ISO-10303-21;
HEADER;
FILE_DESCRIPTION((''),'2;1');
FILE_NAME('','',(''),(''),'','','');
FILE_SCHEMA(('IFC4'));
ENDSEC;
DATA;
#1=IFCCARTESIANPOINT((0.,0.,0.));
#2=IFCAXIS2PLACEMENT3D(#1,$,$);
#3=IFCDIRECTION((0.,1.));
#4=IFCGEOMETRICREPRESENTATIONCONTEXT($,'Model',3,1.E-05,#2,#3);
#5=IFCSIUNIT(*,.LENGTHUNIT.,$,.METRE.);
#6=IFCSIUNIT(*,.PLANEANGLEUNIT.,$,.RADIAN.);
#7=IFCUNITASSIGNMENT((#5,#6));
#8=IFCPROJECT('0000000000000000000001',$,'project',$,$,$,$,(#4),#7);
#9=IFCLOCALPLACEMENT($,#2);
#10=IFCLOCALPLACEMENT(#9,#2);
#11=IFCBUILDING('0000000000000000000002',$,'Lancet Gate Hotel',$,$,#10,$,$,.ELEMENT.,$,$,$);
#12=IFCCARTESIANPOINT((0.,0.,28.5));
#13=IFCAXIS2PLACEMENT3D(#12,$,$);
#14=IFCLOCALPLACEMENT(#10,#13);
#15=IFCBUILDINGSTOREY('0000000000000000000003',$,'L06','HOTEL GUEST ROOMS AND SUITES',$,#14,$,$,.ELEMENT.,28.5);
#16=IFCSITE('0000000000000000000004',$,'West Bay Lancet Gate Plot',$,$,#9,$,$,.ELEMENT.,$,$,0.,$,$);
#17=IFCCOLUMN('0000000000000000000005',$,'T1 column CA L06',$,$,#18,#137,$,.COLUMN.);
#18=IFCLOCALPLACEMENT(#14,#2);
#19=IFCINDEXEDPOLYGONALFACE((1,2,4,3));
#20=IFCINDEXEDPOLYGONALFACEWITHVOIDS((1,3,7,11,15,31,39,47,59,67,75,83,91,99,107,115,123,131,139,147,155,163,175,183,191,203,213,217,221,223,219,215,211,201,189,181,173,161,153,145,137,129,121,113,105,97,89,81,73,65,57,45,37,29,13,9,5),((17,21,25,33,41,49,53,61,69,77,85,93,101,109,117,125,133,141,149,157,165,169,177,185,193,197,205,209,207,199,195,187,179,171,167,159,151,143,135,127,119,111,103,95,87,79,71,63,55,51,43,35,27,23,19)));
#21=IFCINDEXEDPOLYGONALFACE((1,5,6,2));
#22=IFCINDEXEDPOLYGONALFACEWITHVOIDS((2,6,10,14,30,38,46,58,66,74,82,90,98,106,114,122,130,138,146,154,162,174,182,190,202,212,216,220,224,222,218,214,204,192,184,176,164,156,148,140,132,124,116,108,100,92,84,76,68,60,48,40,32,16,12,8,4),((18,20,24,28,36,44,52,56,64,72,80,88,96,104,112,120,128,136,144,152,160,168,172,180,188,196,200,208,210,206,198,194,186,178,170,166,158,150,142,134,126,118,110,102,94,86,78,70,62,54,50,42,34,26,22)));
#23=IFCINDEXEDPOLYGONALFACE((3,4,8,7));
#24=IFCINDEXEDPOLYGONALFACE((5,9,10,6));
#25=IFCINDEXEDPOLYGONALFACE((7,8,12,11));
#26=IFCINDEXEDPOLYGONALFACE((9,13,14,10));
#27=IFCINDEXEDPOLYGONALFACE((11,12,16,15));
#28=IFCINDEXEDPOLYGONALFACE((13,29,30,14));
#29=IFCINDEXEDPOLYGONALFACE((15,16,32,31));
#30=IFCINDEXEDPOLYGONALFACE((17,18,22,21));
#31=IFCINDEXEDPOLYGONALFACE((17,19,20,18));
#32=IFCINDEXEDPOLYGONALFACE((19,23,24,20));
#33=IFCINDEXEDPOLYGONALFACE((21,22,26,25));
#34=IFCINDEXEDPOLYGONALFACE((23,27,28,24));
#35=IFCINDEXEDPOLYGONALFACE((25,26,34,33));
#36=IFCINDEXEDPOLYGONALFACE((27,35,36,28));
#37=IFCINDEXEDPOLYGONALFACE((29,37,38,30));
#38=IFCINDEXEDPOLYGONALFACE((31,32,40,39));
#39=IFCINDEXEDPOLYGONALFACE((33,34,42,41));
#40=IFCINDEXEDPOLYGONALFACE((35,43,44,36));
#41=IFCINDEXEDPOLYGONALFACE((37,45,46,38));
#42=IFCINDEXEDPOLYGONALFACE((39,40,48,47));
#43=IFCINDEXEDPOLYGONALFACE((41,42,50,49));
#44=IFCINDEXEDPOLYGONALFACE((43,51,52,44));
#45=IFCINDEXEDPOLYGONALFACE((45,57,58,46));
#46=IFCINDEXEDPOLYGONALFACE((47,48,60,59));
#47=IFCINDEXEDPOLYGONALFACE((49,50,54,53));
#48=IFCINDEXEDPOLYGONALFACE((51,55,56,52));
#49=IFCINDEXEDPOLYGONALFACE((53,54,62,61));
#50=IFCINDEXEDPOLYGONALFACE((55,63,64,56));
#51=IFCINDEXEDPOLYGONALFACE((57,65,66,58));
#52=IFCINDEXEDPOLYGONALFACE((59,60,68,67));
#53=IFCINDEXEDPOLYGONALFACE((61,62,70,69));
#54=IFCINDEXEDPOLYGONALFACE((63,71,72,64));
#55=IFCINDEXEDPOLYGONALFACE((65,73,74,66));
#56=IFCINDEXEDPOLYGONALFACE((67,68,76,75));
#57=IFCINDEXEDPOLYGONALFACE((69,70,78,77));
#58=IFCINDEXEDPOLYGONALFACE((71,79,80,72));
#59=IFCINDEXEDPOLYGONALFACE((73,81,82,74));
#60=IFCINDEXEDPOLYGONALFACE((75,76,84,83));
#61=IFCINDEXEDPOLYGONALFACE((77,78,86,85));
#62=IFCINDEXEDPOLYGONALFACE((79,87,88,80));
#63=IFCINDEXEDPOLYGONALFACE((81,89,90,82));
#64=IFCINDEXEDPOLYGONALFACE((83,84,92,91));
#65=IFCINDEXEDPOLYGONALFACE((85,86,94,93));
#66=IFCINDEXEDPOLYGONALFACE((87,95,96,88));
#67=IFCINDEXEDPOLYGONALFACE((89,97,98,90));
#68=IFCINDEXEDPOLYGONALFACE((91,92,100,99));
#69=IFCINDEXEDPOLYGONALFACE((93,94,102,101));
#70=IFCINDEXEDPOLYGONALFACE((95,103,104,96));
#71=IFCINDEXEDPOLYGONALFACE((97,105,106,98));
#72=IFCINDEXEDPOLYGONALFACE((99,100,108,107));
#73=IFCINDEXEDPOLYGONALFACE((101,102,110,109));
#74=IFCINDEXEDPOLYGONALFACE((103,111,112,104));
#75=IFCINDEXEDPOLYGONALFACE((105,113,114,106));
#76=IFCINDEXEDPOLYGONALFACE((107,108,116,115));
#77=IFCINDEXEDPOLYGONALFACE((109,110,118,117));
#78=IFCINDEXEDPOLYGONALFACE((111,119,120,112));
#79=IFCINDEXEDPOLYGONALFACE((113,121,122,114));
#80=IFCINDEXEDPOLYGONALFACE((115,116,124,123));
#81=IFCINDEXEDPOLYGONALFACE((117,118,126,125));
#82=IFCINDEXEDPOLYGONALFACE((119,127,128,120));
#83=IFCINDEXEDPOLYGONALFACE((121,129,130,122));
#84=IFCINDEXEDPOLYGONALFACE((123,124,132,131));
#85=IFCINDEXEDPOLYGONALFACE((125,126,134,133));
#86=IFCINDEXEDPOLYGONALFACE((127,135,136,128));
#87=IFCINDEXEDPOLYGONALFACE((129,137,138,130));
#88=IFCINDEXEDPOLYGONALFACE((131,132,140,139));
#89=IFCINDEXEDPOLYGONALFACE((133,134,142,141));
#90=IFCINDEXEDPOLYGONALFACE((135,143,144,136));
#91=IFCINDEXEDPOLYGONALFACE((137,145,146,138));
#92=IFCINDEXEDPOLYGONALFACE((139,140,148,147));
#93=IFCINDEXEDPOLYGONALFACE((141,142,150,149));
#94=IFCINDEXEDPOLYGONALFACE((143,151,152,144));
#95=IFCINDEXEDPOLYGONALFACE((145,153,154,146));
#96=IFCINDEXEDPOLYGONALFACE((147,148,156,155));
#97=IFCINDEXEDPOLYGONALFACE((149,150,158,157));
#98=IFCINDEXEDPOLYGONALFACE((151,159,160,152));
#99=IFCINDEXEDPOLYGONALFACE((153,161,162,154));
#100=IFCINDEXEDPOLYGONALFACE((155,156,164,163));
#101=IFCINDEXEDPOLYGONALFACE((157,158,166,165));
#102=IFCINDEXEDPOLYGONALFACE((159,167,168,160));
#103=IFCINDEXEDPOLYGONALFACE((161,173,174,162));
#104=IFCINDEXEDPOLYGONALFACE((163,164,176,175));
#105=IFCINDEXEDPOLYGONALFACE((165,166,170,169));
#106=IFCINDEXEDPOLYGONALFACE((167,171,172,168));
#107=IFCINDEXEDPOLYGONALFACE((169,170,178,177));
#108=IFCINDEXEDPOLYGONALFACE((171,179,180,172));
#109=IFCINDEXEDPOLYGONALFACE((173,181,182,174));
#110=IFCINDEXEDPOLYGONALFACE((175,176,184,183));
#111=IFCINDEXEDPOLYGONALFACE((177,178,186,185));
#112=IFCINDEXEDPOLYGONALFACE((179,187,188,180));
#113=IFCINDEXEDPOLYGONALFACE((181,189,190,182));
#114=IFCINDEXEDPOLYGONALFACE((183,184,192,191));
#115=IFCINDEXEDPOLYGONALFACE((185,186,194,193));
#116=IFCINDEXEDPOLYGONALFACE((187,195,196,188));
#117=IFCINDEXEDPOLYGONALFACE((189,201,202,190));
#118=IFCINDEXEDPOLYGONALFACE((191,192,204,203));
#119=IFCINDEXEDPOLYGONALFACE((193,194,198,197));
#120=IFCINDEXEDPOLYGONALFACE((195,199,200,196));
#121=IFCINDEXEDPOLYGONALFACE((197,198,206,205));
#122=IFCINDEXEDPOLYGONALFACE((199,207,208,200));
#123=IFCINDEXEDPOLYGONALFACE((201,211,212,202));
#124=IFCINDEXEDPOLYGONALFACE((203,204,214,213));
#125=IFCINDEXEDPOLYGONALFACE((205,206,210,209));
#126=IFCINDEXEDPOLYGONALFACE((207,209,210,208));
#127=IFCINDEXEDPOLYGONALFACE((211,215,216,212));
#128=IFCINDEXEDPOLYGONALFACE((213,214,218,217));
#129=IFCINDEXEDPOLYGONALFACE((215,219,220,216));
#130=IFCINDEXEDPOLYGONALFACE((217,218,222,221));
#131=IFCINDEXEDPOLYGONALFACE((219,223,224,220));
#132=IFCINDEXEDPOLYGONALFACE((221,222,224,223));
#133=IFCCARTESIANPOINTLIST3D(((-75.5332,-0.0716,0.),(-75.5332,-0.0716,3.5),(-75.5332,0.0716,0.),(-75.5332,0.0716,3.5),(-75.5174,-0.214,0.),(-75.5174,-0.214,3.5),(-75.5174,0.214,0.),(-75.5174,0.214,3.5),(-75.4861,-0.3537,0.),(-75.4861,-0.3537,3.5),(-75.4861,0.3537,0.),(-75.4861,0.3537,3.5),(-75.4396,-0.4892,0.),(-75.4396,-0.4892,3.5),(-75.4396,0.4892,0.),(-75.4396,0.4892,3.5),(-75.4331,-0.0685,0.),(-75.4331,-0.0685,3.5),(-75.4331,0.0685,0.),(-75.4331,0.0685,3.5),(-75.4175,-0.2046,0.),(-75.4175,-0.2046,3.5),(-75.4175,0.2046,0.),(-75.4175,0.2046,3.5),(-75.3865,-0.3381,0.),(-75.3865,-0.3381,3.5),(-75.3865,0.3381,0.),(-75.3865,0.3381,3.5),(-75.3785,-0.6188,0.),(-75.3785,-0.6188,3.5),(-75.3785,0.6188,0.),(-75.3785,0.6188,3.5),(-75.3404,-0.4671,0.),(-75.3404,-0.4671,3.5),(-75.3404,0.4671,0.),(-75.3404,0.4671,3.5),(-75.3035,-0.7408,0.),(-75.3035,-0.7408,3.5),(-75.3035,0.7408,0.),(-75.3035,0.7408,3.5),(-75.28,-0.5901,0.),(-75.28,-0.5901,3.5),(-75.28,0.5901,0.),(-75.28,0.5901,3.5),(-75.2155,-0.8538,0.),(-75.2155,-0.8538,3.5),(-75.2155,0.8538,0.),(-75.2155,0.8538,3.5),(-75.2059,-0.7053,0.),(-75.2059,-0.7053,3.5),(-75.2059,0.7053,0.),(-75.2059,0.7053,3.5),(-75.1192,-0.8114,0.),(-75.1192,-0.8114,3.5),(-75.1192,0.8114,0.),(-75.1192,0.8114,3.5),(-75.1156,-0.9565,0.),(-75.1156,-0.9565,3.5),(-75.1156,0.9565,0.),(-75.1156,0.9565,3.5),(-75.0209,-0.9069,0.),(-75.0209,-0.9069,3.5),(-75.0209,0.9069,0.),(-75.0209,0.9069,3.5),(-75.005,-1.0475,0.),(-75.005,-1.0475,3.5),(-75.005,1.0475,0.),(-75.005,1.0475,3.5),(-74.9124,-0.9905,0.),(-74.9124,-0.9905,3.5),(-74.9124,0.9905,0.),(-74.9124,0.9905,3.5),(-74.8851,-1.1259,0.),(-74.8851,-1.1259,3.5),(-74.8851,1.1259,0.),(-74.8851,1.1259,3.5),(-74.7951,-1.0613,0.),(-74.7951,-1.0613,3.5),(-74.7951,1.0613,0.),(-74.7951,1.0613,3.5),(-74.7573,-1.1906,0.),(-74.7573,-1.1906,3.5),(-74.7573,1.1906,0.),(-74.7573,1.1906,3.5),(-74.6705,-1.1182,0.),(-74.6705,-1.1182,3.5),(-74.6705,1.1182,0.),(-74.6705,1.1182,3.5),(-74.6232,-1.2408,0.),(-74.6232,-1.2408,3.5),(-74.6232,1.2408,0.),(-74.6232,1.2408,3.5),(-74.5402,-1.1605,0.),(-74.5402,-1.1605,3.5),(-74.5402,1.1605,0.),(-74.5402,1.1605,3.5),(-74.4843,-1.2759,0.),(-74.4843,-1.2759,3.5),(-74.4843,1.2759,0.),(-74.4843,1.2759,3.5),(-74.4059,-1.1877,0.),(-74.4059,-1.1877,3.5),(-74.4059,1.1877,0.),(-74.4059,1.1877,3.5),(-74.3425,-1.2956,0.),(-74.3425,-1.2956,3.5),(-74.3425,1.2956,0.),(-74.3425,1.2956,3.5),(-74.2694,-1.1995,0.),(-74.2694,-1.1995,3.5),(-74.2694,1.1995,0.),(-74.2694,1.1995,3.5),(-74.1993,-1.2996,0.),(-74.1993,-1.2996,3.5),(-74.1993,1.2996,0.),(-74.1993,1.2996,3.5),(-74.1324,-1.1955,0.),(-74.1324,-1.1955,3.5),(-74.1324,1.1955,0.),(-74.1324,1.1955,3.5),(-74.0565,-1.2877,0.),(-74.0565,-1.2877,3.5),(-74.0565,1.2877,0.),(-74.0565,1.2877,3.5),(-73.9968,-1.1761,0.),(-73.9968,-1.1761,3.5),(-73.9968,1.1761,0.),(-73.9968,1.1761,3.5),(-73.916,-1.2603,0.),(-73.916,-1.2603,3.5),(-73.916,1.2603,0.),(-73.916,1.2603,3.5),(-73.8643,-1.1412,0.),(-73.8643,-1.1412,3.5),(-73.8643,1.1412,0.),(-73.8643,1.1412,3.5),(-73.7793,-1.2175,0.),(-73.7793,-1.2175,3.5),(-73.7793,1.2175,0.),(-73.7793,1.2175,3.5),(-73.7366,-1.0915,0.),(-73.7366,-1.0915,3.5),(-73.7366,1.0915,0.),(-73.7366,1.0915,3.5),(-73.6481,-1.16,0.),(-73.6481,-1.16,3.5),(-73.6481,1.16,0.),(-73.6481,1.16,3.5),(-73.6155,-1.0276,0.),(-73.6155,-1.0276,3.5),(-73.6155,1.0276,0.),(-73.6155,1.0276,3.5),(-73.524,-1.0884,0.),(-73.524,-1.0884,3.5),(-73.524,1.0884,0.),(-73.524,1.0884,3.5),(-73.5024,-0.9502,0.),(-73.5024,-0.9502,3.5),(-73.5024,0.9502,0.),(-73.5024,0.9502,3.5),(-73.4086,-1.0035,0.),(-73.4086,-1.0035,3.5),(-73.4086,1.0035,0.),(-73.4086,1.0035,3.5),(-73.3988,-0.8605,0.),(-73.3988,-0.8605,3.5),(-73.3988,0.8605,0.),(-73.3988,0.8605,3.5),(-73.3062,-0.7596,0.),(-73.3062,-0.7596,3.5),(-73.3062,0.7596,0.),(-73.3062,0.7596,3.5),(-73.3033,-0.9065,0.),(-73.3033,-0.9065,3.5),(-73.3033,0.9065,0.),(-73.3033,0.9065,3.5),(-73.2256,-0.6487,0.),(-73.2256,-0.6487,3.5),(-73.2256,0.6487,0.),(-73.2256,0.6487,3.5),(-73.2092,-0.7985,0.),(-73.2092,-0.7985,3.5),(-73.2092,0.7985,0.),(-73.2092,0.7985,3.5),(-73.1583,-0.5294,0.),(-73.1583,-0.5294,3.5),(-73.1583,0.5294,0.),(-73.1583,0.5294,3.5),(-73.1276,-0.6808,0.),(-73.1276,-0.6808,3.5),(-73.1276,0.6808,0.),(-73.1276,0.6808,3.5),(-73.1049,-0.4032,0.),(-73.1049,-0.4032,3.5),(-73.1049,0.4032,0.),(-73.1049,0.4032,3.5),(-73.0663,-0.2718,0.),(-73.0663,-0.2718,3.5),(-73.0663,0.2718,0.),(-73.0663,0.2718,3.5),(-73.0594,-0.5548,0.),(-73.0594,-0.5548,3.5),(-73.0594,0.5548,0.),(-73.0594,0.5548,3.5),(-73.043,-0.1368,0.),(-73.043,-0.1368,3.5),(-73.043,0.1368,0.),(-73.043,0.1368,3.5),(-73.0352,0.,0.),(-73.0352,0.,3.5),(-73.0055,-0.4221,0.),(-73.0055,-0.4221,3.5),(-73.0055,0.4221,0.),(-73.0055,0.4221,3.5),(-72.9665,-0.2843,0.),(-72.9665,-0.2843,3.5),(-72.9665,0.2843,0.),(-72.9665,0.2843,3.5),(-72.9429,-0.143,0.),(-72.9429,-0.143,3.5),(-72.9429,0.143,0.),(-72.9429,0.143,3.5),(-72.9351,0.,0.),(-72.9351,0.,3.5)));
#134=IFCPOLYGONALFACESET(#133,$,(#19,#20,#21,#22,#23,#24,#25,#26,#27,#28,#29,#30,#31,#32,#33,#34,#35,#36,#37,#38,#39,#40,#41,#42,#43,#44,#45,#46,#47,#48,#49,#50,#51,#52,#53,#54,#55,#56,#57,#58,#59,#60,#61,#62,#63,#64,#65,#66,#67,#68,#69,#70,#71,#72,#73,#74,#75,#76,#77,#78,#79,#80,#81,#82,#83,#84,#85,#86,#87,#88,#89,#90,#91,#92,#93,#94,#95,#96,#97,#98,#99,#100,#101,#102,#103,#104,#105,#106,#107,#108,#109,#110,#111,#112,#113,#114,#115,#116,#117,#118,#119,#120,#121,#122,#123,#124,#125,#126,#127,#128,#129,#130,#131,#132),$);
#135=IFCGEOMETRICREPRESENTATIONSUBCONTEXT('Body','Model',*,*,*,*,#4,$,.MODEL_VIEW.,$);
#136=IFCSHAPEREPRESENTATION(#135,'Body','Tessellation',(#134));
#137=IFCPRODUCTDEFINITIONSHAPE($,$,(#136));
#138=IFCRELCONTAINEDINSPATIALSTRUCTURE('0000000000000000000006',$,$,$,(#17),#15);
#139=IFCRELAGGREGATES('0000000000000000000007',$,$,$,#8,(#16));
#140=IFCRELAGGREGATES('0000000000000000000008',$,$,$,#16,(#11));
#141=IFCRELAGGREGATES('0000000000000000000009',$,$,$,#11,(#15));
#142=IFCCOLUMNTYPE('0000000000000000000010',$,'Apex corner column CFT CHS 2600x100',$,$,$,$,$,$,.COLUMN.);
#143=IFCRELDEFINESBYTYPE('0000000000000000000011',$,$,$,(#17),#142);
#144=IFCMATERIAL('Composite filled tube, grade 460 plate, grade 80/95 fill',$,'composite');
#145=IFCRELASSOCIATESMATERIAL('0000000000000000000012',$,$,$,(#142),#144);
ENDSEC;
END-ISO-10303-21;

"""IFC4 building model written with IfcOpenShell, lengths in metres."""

from ifc_helpers import new_model, si_unit, direction, frame, origin, origin_2d, place, context, subcontext, project, spatial, hollow_circle, extrude, material, material_profile, profile_set, type_object, element, save


model = new_model("IFC4")

# Units and contexts
model_context = context("Model", 3, precision=1e-05, world=origin(), true_north=direction((0.0, 1.0)))
body_context = subcontext(model_context, "Body", "Model", "MODEL_VIEW")
ifc_project = project(units=[si_unit("LENGTHUNIT", "METRE"), si_unit("PLANEANGLEUNIT", "RADIAN")], contexts=[model_context])

# Site, building, storey
site_placement = place(None, origin())
site = spatial("IfcSite", under=ifc_project, at=site_placement, Name="West Bay Lancet Gate Plot", CompositionType="ELEMENT", RefElevation=0.0)
building_placement = place(site_placement, origin())
building = spatial("IfcBuilding", under=site, at=building_placement, Name="Lancet Gate Hotel", CompositionType="ELEMENT")
storey_placement = place(building_placement, frame((0.0, 0.0, 28.5)))
storey = spatial("IfcBuildingStorey", under=building, at=storey_placement, Name="L06", Description="HOTEL GUEST ROOMS AND SUITES", CompositionType="ELEMENT", Elevation=28.5)

# Column
ifc_material_1 = material(Name="Composite filled tube, grade 460 plate, grade 80/95 fill", Category="composite")
ifc_material_profile_1 = material_profile(ifc_material_1, hollow_circle(Radius=1.3, WallThickness=0.1001, at=origin_2d()), Name="CHS 2600x100")
ifc_profile_set_1 = profile_set([ifc_material_profile_1], Name="Composite filled tube, grade 460 plate, grade 80/95 fill")
column_type_1 = type_object("IfcColumnType", Name="Apex corner column CFT CHS 2600x100", PredefinedType="COLUMN", material=ifc_profile_set_1)
column_1_placement = place(storey_placement, frame((-74.2351, 0.0, 0.0), z_axis=(0.0, 0.0, 1.0), x_axis=(1.0, 0.0, 0.0)))
element("IfcColumn", 1, at=column_1_placement, inside=storey, type_object=column_type_1, Name="T1 column CA L06", PredefinedType="COLUMN", context=body_context, shape_type="SweptSolid", body=[
    extrude(hollow_circle(Radius=1.3, WallThickness=0.1001, at=origin_2d()), origin(), (0.0, 0.0, 1.0), 3.5),
])

save(model, "model.ifc")
